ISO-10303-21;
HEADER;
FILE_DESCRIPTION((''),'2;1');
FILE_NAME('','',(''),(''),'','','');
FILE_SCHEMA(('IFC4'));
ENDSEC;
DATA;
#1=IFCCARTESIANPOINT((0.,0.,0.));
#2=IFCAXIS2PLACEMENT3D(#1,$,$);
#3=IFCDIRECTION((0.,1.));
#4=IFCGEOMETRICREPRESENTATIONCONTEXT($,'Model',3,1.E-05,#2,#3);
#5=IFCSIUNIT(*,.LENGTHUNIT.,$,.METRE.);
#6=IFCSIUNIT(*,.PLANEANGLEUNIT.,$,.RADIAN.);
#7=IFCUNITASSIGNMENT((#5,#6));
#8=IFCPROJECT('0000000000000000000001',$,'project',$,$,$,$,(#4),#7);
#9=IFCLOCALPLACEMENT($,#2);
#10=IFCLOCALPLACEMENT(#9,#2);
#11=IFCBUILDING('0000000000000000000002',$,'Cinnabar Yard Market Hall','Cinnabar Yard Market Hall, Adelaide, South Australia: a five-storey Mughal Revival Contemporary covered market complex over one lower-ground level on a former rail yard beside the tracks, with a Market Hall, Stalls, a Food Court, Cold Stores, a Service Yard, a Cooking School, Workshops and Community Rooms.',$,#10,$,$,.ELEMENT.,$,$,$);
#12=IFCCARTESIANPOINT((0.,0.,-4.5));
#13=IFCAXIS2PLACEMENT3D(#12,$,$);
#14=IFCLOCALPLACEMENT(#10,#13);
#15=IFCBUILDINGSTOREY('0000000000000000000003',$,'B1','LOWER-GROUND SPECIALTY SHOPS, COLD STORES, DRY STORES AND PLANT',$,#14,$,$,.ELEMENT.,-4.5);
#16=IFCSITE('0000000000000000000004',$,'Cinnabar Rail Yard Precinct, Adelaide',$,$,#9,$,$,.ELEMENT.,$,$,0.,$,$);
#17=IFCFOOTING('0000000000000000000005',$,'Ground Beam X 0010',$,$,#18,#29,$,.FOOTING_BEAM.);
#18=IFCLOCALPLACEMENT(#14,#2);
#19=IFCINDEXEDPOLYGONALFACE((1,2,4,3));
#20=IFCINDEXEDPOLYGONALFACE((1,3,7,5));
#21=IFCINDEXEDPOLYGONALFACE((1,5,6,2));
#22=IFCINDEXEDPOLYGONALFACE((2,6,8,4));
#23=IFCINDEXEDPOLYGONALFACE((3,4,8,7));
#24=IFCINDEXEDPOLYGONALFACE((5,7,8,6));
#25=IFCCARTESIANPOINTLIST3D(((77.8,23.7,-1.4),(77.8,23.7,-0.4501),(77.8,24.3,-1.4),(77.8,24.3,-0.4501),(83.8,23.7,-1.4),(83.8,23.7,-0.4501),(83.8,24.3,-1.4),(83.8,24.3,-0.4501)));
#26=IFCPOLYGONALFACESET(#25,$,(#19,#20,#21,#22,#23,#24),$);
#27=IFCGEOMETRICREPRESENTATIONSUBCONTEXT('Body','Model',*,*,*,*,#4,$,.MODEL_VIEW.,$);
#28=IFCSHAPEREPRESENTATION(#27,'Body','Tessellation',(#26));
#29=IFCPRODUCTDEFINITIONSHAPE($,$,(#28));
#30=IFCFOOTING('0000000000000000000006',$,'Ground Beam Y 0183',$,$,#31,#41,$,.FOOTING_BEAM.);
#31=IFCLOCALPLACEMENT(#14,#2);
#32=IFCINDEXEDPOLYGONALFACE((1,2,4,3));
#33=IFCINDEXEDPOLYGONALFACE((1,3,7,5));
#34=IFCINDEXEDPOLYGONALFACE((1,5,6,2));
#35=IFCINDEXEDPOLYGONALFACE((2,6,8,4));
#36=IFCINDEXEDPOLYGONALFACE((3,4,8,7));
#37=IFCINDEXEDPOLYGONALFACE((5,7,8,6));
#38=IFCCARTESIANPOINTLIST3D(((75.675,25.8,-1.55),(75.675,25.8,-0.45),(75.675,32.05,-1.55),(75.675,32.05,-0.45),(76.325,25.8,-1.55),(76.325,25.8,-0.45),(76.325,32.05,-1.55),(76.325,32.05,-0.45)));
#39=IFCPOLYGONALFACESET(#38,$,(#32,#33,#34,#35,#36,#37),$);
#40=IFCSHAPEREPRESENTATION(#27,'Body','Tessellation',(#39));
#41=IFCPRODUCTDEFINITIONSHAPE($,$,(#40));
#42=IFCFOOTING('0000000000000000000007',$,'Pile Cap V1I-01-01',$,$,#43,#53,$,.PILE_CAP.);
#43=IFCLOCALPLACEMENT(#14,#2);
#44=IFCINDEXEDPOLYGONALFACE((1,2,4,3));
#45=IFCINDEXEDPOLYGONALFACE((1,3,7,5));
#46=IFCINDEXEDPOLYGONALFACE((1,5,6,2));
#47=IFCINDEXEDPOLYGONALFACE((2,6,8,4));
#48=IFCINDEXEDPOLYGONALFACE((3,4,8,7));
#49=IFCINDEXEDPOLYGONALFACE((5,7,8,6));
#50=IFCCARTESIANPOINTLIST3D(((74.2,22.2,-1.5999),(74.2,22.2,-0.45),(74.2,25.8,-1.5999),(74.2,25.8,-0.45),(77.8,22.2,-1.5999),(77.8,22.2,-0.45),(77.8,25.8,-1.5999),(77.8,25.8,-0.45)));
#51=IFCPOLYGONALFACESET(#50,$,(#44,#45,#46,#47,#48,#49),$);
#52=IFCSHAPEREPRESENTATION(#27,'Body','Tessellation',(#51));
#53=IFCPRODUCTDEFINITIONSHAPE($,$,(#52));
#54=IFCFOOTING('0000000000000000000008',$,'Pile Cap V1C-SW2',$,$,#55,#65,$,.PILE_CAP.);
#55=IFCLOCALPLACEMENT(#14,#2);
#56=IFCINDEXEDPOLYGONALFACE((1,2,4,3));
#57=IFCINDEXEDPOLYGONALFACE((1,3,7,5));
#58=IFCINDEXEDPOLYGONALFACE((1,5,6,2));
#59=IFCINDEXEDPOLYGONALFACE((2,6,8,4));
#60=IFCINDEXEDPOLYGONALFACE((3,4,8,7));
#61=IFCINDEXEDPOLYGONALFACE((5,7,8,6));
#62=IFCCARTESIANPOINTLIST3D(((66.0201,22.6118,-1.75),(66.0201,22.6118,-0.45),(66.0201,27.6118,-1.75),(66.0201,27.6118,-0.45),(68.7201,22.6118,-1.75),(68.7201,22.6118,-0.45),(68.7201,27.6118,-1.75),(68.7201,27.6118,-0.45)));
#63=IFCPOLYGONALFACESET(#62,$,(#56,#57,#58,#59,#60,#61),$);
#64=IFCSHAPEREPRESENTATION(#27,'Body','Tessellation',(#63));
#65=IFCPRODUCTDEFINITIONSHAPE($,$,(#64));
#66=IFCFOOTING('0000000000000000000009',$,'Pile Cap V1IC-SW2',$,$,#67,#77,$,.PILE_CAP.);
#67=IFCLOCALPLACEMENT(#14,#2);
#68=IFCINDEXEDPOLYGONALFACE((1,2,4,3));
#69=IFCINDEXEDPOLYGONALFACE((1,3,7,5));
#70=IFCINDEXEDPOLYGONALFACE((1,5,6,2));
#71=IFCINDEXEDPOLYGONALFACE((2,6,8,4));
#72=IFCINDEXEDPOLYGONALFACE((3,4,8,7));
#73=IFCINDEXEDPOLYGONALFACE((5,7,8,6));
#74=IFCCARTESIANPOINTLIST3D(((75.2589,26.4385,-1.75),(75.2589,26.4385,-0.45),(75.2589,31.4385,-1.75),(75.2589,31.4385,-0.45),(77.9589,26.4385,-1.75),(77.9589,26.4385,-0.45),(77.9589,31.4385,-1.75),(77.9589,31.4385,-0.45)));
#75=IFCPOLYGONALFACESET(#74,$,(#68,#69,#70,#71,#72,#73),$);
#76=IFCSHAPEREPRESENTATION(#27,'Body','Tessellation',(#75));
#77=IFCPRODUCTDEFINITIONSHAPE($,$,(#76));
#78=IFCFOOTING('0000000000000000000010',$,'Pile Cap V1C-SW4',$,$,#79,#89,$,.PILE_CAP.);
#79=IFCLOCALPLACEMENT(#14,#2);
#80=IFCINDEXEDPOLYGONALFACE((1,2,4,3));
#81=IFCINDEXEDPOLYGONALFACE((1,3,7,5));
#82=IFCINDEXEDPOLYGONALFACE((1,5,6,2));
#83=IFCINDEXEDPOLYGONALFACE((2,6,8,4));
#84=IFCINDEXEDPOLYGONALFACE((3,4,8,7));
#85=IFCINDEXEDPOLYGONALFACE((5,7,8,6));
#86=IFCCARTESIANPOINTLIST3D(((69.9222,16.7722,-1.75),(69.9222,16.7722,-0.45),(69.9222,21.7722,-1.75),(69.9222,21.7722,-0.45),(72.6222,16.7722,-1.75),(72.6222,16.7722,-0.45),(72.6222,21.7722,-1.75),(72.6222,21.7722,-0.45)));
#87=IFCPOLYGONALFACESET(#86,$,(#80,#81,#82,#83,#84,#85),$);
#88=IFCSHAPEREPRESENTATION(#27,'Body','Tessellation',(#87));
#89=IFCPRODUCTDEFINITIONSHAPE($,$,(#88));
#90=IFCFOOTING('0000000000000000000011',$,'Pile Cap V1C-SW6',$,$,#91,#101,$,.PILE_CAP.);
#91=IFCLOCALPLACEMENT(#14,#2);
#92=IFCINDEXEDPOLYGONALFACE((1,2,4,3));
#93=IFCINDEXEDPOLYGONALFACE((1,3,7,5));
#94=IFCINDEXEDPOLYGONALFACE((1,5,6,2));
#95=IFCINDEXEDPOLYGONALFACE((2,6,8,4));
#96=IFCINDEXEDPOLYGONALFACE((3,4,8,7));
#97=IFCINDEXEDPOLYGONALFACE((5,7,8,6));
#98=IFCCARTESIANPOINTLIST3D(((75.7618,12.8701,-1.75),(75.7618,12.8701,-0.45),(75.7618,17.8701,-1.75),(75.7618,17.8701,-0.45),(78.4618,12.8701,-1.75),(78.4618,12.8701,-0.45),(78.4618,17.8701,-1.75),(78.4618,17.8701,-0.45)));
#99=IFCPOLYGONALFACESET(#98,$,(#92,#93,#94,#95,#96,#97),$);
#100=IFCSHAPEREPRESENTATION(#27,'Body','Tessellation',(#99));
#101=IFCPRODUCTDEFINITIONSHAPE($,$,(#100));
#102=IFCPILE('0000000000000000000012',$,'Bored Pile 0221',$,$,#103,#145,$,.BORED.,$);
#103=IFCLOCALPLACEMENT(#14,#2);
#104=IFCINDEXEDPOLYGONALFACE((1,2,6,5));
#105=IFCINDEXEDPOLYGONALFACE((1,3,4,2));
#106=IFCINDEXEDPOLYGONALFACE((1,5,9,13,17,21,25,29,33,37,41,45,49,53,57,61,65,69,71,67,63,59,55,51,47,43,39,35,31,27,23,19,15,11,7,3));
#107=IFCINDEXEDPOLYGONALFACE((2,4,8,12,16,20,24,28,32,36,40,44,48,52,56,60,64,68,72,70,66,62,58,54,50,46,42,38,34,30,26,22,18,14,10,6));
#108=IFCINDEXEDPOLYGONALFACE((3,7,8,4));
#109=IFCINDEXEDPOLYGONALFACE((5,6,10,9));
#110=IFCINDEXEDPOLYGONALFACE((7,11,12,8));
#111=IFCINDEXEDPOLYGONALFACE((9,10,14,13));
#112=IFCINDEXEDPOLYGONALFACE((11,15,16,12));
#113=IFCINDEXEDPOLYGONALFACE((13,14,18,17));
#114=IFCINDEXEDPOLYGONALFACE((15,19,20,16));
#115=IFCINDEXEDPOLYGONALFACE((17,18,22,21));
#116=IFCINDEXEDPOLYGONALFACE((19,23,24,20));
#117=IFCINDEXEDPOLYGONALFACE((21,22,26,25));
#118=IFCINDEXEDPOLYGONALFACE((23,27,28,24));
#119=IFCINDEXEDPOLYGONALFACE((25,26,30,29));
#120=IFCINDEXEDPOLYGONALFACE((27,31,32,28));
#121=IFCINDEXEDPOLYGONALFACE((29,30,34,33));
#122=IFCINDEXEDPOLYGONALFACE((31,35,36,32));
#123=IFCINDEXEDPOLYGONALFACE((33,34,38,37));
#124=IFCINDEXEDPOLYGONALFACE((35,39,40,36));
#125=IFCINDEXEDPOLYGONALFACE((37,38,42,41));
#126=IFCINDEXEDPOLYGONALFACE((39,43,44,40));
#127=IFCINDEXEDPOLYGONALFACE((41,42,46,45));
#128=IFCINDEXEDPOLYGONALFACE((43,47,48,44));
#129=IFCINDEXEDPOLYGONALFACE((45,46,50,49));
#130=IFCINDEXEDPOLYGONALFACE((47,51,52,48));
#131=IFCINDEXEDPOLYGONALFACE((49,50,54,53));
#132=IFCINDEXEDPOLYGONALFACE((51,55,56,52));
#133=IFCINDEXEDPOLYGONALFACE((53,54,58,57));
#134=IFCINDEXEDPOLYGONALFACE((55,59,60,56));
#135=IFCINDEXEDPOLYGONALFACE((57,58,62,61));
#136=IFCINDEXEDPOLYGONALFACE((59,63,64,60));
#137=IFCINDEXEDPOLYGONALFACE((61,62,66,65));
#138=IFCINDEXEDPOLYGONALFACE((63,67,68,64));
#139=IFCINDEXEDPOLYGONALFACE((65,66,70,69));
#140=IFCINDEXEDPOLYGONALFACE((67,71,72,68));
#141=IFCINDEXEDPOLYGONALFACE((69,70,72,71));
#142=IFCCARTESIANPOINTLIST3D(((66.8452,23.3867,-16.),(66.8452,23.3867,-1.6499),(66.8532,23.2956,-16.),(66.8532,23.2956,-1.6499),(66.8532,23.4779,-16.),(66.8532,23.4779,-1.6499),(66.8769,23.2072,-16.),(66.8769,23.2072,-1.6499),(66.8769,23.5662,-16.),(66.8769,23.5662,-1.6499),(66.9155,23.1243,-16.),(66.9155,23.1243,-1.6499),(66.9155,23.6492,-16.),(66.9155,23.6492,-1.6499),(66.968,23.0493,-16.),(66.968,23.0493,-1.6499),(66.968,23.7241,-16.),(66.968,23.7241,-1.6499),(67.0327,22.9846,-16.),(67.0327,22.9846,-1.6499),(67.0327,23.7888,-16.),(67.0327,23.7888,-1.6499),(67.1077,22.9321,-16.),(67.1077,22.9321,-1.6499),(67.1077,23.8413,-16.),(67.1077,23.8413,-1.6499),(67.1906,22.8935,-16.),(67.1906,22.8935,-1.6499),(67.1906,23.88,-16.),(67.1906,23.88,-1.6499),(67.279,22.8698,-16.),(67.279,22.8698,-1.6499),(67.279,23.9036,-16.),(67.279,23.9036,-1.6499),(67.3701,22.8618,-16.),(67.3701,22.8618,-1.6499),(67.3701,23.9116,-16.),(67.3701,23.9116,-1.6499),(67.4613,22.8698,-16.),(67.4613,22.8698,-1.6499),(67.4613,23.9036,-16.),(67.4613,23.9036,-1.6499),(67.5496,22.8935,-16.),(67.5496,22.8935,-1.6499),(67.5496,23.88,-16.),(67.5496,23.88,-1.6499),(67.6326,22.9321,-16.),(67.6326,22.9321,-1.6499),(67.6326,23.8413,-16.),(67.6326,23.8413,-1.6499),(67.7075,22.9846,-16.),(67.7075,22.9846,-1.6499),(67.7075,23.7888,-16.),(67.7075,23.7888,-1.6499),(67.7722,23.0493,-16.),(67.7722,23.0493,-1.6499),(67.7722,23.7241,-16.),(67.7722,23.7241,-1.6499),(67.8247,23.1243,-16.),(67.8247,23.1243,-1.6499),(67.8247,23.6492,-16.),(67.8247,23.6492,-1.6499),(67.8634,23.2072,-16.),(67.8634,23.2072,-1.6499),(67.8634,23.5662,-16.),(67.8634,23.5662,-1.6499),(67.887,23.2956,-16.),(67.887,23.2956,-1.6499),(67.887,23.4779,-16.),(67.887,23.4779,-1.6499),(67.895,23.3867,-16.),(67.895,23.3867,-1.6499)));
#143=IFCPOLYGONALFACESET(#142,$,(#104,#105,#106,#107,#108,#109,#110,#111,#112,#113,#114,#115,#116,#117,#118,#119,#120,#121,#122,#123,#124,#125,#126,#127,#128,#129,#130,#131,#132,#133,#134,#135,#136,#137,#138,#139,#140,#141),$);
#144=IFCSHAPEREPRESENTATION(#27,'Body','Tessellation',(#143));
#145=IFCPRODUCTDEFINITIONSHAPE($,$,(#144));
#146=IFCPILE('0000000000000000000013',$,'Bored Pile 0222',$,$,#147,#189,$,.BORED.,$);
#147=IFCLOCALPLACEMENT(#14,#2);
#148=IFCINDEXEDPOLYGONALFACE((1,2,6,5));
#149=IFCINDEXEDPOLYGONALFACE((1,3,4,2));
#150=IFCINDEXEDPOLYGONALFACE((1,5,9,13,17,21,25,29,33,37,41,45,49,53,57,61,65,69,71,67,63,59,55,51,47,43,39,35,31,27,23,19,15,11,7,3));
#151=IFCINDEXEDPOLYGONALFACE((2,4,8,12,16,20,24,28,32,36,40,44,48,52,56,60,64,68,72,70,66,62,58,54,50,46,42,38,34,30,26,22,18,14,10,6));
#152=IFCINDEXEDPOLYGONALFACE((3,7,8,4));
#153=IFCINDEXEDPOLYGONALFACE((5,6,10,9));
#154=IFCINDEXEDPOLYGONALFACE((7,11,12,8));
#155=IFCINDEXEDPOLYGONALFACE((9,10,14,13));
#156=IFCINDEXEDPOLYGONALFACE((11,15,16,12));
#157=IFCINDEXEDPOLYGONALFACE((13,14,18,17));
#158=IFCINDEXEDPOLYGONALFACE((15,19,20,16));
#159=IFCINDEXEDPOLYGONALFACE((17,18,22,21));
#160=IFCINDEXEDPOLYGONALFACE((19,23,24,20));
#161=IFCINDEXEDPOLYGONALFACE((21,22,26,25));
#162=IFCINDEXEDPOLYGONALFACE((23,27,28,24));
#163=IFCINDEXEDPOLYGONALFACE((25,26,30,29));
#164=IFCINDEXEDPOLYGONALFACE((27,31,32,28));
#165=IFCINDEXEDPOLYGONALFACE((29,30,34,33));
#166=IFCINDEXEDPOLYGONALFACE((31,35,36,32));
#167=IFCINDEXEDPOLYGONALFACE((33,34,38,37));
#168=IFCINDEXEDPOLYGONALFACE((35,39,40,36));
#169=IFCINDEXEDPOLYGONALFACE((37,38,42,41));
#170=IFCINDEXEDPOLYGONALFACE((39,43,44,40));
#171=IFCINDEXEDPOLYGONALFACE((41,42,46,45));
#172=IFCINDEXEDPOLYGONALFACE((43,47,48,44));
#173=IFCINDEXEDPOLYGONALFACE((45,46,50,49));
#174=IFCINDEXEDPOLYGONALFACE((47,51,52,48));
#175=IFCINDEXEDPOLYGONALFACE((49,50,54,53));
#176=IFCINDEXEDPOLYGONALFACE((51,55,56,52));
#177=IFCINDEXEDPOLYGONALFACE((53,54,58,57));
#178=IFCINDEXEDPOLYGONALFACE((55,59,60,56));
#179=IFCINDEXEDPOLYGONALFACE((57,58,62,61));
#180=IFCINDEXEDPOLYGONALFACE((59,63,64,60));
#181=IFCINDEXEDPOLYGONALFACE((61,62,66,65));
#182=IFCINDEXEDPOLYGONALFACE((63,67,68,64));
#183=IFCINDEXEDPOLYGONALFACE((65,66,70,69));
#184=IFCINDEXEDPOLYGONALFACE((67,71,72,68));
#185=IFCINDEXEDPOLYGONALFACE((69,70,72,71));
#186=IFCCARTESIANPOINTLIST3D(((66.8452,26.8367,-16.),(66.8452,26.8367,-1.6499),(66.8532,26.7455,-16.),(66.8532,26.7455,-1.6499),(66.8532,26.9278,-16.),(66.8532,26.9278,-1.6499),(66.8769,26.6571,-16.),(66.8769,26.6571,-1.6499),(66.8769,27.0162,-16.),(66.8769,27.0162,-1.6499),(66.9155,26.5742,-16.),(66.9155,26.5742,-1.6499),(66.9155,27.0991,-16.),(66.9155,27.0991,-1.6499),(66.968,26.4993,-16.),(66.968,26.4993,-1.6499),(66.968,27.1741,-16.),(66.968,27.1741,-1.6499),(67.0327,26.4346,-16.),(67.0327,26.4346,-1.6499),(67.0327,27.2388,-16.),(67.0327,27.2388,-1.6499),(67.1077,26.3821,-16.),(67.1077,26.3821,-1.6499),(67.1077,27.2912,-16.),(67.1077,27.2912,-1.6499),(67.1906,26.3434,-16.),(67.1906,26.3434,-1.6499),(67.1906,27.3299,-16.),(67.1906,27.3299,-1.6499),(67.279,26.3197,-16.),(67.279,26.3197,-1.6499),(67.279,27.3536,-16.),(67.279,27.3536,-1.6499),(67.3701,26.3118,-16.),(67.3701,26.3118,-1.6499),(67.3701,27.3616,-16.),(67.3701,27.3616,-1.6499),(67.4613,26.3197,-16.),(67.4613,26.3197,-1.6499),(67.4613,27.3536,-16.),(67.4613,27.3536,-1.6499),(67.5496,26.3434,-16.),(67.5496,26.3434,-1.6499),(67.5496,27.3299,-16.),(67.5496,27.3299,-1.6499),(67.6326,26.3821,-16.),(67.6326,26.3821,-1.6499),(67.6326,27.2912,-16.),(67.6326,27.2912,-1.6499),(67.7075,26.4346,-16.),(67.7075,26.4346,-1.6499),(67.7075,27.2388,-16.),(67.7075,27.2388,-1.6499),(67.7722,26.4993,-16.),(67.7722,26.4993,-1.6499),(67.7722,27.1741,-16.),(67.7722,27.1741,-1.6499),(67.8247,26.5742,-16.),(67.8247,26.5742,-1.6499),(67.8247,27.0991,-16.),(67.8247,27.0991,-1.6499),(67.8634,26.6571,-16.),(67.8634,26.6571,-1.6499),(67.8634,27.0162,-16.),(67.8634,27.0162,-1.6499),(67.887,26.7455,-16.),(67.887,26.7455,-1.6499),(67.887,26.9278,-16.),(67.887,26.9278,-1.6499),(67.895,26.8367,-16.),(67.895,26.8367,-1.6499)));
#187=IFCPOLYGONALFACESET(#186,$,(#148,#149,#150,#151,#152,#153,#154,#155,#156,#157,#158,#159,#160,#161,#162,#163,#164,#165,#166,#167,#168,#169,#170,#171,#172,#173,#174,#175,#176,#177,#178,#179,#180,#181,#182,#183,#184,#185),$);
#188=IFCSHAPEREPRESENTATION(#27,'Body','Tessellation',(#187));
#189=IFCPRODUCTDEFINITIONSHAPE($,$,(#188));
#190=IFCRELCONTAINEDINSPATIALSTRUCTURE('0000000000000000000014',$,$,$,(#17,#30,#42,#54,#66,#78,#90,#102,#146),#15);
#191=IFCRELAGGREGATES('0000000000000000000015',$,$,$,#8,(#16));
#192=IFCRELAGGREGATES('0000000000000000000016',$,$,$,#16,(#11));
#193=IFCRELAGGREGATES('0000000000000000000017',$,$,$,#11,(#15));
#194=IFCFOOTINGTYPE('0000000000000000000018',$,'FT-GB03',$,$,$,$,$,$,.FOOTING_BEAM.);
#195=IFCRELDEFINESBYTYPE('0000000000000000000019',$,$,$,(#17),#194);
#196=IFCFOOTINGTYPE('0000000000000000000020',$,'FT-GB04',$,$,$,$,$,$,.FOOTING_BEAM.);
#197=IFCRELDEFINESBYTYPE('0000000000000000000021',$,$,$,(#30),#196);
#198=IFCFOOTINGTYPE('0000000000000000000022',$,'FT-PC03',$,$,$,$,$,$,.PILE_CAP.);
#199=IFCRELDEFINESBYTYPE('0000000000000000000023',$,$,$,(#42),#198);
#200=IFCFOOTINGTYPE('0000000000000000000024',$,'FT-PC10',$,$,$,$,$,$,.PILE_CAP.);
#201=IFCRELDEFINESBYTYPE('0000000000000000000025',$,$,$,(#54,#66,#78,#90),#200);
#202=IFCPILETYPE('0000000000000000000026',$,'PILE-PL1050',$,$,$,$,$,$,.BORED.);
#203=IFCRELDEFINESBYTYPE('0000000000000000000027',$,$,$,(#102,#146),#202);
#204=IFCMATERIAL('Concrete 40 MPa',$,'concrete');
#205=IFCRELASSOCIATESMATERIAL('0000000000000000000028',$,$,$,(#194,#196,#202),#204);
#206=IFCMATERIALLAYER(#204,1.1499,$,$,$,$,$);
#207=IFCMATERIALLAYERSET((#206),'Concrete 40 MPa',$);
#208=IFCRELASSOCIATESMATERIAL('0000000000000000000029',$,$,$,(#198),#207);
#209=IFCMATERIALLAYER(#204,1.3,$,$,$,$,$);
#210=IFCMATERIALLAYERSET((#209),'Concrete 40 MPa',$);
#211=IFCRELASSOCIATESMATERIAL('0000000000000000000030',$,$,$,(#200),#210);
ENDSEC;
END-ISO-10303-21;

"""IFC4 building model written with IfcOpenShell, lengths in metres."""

from ifc_helpers import new_model, si_unit, direction, frame, origin, origin_2d_with_axis, place, context, subcontext, project, spatial, rectangle, circle, extrude, material, layer, layer_set, material_profile, profile_set, type_object, element, save


model = new_model("IFC4")

# Units and contexts
model_context = context("Model", 3, precision=1e-05, world=origin(), true_north=direction((0.0, 1.0)))
body_context = subcontext(model_context, "Body", "Model", "MODEL_VIEW")
ifc_project = project(units=[si_unit("LENGTHUNIT", "METRE"), si_unit("PLANEANGLEUNIT", "RADIAN")], contexts=[model_context])

# Site, building, storey
site_placement = place(None, origin())
site = spatial("IfcSite", under=ifc_project, at=site_placement, Name="Cinnabar Rail Yard Precinct, Adelaide", CompositionType="ELEMENT", RefElevation=0.0)
building_placement = place(site_placement, origin())
building = spatial("IfcBuilding", under=site, at=building_placement, Name="Cinnabar Yard Market Hall", Description="Cinnabar Yard Market Hall, Adelaide, South Australia: a five-storey Mughal Revival Contemporary covered market complex over one lower-ground level on a former rail yard beside the tracks, with a Market Hall, Stalls, a Food Court, Cold Stores, a Service Yard, a Cooking School, Workshops and Community Rooms.", CompositionType="ELEMENT")
storey_placement = place(building_placement, frame((0.0, 0.0, -4.5)))
storey = spatial("IfcBuildingStorey", under=building, at=storey_placement, Name="B1", Description="LOWER-GROUND SPECIALTY SHOPS, COLD STORES, DRY STORES AND PLANT", CompositionType="ELEMENT", Elevation=-4.5)

# Footings
ifc_material_1 = material(Name="Concrete 40 MPa", Category="concrete")
ifc_material_profile_1 = material_profile(ifc_material_1, rectangle(XDim=0.6001, YDim=0.95, at=origin_2d_with_axis()), Name="GB-600x950")
ifc_profile_set_1 = profile_set([ifc_material_profile_1], Name="Concrete 40 MPa")
footing_type_1 = type_object("IfcFootingType", Name="FT-GB03", PredefinedType="FOOTING_BEAM", material=ifc_profile_set_1)
footing_1_placement = place(storey_placement, frame((77.8, 24.0, -0.925), z_axis=(1.0, 0.0, 0.0), x_axis=(0.0, 1.0, 0.0)))
element("IfcFooting", 1, at=footing_1_placement, inside=storey, type_object=footing_type_1, Name="Ground Beam X 0010", PredefinedType="FOOTING_BEAM", context=body_context, shape_type="SweptSolid", body=[
    extrude(rectangle(XDim=0.6001, YDim=0.95, at=origin_2d_with_axis()), origin(), (0.0, 0.0, 1.0), 6.0),
])
ifc_material_profile_2 = material_profile(ifc_material_1, rectangle(XDim=0.6499, YDim=1.1001, at=origin_2d_with_axis()), Name="GB-650x1100")
ifc_profile_set_2 = profile_set([ifc_material_profile_2], Name="Concrete 40 MPa")
footing_type_2 = type_object("IfcFootingType", Name="FT-GB04", PredefinedType="FOOTING_BEAM", material=ifc_profile_set_2)
footing_2_placement = place(storey_placement, frame((76.0, 25.8, -1.0), z_axis=(0.0, 1.0, 0.0), x_axis=(-1.0, 0.0, 0.0)))
element("IfcFooting", 2, at=footing_2_placement, inside=storey, type_object=footing_type_2, Name="Ground Beam Y 0183", PredefinedType="FOOTING_BEAM", context=body_context, shape_type="SweptSolid", body=[
    extrude(rectangle(XDim=0.6499, YDim=1.1001, at=origin_2d_with_axis()), origin(), (0.0, 0.0, 1.0), 6.25),
])
ifc_layer_1 = layer(ifc_material_1, 1.1499)
ifc_layer_set_1 = layer_set([ifc_layer_1], Name="Concrete 40 MPa")
footing_type_3 = type_object("IfcFootingType", Name="FT-PC03", PredefinedType="PILE_CAP", material=ifc_layer_set_1)
footing_3_placement = place(storey_placement, frame((76.0, 24.0, -1.5999), z_axis=(0.0, 0.0, 1.0), x_axis=(1.0, 0.0, 0.0)))
element("IfcFooting", 3, at=footing_3_placement, inside=storey, type_object=footing_type_3, Name="Pile Cap V1I-01-01", PredefinedType="PILE_CAP", context=body_context, shape_type="SweptSolid", body=[
    extrude(rectangle(XDim=3.6001, YDim=3.6001, at=origin_2d_with_axis()), origin(), (0.0, 0.0, 1.0), 1.1499),
])
ifc_layer_2 = layer(ifc_material_1, 1.3)
ifc_layer_set_2 = layer_set([ifc_layer_2], Name="Concrete 40 MPa")
footing_type_4 = type_object("IfcFootingType", Name="FT-PC10", PredefinedType="PILE_CAP", material=ifc_layer_set_2)
for number, where, z_axis, x_axis, name in (
    (4, (67.3701, 25.1118, -1.75), (0.0, 0.0, 1.0), (1.0, 0.0, 0.0), "Pile Cap V1C-SW2"),
    (5, (76.6089, 28.9385, -1.75), (0.0, 0.0, 1.0), (1.0, 0.0, 0.0), "Pile Cap V1IC-SW2"),
    (6, (71.2722, 19.2722, -1.75), (0.0, 0.0, 1.0), (1.0, 0.0, 0.0), "Pile Cap V1C-SW4"),
    (7, (77.1118, 15.3701, -1.75), (0.0, 0.0, 1.0), (1.0, 0.0, 0.0), "Pile Cap V1C-SW6"),
):
    element("IfcFooting", number, at=place(storey_placement, frame(where, z_axis=z_axis, x_axis=x_axis)), inside=storey, type_object=footing_type_4, Name=name, PredefinedType="PILE_CAP", context=body_context, shape_type="SweptSolid", body=[
        extrude(rectangle(XDim=2.7, YDim=5.0, at=origin_2d_with_axis()), origin(), (0.0, 0.0, 1.0), 1.3),
    ])

# Piles
ifc_material_profile_3 = material_profile(ifc_material_1, circle(Radius=0.5249, at=origin_2d_with_axis()), Name="PILE-D1050")
ifc_profile_set_3 = profile_set([ifc_material_profile_3], Name="Concrete 40 MPa")
pile_type_1 = type_object("IfcPileType", Name="PILE-PL1050", PredefinedType="BORED", material=ifc_profile_set_3)
for number, where, z_axis, x_axis, name in (
    (8, (67.3701, 23.3867, -1.6499), (0.0, 0.0, -1.0), (1.0, 0.0, 0.0), "Bored Pile 0221"),
    (9, (67.3701, 26.8367, -1.6499), (0.0, 0.0, -1.0), (1.0, 0.0, 0.0), "Bored Pile 0222"),
):
    element("IfcPile", number, at=place(storey_placement, frame(where, z_axis=z_axis, x_axis=x_axis)), inside=storey, type_object=pile_type_1, Name=name, PredefinedType="BORED", context=body_context, shape_type="SweptSolid", body=[
        extrude(circle(Radius=0.5249, at=origin_2d_with_axis()), origin(), (0.0, 0.0, 1.0), 14.3501),
    ])

save(model, "model.ifc")
